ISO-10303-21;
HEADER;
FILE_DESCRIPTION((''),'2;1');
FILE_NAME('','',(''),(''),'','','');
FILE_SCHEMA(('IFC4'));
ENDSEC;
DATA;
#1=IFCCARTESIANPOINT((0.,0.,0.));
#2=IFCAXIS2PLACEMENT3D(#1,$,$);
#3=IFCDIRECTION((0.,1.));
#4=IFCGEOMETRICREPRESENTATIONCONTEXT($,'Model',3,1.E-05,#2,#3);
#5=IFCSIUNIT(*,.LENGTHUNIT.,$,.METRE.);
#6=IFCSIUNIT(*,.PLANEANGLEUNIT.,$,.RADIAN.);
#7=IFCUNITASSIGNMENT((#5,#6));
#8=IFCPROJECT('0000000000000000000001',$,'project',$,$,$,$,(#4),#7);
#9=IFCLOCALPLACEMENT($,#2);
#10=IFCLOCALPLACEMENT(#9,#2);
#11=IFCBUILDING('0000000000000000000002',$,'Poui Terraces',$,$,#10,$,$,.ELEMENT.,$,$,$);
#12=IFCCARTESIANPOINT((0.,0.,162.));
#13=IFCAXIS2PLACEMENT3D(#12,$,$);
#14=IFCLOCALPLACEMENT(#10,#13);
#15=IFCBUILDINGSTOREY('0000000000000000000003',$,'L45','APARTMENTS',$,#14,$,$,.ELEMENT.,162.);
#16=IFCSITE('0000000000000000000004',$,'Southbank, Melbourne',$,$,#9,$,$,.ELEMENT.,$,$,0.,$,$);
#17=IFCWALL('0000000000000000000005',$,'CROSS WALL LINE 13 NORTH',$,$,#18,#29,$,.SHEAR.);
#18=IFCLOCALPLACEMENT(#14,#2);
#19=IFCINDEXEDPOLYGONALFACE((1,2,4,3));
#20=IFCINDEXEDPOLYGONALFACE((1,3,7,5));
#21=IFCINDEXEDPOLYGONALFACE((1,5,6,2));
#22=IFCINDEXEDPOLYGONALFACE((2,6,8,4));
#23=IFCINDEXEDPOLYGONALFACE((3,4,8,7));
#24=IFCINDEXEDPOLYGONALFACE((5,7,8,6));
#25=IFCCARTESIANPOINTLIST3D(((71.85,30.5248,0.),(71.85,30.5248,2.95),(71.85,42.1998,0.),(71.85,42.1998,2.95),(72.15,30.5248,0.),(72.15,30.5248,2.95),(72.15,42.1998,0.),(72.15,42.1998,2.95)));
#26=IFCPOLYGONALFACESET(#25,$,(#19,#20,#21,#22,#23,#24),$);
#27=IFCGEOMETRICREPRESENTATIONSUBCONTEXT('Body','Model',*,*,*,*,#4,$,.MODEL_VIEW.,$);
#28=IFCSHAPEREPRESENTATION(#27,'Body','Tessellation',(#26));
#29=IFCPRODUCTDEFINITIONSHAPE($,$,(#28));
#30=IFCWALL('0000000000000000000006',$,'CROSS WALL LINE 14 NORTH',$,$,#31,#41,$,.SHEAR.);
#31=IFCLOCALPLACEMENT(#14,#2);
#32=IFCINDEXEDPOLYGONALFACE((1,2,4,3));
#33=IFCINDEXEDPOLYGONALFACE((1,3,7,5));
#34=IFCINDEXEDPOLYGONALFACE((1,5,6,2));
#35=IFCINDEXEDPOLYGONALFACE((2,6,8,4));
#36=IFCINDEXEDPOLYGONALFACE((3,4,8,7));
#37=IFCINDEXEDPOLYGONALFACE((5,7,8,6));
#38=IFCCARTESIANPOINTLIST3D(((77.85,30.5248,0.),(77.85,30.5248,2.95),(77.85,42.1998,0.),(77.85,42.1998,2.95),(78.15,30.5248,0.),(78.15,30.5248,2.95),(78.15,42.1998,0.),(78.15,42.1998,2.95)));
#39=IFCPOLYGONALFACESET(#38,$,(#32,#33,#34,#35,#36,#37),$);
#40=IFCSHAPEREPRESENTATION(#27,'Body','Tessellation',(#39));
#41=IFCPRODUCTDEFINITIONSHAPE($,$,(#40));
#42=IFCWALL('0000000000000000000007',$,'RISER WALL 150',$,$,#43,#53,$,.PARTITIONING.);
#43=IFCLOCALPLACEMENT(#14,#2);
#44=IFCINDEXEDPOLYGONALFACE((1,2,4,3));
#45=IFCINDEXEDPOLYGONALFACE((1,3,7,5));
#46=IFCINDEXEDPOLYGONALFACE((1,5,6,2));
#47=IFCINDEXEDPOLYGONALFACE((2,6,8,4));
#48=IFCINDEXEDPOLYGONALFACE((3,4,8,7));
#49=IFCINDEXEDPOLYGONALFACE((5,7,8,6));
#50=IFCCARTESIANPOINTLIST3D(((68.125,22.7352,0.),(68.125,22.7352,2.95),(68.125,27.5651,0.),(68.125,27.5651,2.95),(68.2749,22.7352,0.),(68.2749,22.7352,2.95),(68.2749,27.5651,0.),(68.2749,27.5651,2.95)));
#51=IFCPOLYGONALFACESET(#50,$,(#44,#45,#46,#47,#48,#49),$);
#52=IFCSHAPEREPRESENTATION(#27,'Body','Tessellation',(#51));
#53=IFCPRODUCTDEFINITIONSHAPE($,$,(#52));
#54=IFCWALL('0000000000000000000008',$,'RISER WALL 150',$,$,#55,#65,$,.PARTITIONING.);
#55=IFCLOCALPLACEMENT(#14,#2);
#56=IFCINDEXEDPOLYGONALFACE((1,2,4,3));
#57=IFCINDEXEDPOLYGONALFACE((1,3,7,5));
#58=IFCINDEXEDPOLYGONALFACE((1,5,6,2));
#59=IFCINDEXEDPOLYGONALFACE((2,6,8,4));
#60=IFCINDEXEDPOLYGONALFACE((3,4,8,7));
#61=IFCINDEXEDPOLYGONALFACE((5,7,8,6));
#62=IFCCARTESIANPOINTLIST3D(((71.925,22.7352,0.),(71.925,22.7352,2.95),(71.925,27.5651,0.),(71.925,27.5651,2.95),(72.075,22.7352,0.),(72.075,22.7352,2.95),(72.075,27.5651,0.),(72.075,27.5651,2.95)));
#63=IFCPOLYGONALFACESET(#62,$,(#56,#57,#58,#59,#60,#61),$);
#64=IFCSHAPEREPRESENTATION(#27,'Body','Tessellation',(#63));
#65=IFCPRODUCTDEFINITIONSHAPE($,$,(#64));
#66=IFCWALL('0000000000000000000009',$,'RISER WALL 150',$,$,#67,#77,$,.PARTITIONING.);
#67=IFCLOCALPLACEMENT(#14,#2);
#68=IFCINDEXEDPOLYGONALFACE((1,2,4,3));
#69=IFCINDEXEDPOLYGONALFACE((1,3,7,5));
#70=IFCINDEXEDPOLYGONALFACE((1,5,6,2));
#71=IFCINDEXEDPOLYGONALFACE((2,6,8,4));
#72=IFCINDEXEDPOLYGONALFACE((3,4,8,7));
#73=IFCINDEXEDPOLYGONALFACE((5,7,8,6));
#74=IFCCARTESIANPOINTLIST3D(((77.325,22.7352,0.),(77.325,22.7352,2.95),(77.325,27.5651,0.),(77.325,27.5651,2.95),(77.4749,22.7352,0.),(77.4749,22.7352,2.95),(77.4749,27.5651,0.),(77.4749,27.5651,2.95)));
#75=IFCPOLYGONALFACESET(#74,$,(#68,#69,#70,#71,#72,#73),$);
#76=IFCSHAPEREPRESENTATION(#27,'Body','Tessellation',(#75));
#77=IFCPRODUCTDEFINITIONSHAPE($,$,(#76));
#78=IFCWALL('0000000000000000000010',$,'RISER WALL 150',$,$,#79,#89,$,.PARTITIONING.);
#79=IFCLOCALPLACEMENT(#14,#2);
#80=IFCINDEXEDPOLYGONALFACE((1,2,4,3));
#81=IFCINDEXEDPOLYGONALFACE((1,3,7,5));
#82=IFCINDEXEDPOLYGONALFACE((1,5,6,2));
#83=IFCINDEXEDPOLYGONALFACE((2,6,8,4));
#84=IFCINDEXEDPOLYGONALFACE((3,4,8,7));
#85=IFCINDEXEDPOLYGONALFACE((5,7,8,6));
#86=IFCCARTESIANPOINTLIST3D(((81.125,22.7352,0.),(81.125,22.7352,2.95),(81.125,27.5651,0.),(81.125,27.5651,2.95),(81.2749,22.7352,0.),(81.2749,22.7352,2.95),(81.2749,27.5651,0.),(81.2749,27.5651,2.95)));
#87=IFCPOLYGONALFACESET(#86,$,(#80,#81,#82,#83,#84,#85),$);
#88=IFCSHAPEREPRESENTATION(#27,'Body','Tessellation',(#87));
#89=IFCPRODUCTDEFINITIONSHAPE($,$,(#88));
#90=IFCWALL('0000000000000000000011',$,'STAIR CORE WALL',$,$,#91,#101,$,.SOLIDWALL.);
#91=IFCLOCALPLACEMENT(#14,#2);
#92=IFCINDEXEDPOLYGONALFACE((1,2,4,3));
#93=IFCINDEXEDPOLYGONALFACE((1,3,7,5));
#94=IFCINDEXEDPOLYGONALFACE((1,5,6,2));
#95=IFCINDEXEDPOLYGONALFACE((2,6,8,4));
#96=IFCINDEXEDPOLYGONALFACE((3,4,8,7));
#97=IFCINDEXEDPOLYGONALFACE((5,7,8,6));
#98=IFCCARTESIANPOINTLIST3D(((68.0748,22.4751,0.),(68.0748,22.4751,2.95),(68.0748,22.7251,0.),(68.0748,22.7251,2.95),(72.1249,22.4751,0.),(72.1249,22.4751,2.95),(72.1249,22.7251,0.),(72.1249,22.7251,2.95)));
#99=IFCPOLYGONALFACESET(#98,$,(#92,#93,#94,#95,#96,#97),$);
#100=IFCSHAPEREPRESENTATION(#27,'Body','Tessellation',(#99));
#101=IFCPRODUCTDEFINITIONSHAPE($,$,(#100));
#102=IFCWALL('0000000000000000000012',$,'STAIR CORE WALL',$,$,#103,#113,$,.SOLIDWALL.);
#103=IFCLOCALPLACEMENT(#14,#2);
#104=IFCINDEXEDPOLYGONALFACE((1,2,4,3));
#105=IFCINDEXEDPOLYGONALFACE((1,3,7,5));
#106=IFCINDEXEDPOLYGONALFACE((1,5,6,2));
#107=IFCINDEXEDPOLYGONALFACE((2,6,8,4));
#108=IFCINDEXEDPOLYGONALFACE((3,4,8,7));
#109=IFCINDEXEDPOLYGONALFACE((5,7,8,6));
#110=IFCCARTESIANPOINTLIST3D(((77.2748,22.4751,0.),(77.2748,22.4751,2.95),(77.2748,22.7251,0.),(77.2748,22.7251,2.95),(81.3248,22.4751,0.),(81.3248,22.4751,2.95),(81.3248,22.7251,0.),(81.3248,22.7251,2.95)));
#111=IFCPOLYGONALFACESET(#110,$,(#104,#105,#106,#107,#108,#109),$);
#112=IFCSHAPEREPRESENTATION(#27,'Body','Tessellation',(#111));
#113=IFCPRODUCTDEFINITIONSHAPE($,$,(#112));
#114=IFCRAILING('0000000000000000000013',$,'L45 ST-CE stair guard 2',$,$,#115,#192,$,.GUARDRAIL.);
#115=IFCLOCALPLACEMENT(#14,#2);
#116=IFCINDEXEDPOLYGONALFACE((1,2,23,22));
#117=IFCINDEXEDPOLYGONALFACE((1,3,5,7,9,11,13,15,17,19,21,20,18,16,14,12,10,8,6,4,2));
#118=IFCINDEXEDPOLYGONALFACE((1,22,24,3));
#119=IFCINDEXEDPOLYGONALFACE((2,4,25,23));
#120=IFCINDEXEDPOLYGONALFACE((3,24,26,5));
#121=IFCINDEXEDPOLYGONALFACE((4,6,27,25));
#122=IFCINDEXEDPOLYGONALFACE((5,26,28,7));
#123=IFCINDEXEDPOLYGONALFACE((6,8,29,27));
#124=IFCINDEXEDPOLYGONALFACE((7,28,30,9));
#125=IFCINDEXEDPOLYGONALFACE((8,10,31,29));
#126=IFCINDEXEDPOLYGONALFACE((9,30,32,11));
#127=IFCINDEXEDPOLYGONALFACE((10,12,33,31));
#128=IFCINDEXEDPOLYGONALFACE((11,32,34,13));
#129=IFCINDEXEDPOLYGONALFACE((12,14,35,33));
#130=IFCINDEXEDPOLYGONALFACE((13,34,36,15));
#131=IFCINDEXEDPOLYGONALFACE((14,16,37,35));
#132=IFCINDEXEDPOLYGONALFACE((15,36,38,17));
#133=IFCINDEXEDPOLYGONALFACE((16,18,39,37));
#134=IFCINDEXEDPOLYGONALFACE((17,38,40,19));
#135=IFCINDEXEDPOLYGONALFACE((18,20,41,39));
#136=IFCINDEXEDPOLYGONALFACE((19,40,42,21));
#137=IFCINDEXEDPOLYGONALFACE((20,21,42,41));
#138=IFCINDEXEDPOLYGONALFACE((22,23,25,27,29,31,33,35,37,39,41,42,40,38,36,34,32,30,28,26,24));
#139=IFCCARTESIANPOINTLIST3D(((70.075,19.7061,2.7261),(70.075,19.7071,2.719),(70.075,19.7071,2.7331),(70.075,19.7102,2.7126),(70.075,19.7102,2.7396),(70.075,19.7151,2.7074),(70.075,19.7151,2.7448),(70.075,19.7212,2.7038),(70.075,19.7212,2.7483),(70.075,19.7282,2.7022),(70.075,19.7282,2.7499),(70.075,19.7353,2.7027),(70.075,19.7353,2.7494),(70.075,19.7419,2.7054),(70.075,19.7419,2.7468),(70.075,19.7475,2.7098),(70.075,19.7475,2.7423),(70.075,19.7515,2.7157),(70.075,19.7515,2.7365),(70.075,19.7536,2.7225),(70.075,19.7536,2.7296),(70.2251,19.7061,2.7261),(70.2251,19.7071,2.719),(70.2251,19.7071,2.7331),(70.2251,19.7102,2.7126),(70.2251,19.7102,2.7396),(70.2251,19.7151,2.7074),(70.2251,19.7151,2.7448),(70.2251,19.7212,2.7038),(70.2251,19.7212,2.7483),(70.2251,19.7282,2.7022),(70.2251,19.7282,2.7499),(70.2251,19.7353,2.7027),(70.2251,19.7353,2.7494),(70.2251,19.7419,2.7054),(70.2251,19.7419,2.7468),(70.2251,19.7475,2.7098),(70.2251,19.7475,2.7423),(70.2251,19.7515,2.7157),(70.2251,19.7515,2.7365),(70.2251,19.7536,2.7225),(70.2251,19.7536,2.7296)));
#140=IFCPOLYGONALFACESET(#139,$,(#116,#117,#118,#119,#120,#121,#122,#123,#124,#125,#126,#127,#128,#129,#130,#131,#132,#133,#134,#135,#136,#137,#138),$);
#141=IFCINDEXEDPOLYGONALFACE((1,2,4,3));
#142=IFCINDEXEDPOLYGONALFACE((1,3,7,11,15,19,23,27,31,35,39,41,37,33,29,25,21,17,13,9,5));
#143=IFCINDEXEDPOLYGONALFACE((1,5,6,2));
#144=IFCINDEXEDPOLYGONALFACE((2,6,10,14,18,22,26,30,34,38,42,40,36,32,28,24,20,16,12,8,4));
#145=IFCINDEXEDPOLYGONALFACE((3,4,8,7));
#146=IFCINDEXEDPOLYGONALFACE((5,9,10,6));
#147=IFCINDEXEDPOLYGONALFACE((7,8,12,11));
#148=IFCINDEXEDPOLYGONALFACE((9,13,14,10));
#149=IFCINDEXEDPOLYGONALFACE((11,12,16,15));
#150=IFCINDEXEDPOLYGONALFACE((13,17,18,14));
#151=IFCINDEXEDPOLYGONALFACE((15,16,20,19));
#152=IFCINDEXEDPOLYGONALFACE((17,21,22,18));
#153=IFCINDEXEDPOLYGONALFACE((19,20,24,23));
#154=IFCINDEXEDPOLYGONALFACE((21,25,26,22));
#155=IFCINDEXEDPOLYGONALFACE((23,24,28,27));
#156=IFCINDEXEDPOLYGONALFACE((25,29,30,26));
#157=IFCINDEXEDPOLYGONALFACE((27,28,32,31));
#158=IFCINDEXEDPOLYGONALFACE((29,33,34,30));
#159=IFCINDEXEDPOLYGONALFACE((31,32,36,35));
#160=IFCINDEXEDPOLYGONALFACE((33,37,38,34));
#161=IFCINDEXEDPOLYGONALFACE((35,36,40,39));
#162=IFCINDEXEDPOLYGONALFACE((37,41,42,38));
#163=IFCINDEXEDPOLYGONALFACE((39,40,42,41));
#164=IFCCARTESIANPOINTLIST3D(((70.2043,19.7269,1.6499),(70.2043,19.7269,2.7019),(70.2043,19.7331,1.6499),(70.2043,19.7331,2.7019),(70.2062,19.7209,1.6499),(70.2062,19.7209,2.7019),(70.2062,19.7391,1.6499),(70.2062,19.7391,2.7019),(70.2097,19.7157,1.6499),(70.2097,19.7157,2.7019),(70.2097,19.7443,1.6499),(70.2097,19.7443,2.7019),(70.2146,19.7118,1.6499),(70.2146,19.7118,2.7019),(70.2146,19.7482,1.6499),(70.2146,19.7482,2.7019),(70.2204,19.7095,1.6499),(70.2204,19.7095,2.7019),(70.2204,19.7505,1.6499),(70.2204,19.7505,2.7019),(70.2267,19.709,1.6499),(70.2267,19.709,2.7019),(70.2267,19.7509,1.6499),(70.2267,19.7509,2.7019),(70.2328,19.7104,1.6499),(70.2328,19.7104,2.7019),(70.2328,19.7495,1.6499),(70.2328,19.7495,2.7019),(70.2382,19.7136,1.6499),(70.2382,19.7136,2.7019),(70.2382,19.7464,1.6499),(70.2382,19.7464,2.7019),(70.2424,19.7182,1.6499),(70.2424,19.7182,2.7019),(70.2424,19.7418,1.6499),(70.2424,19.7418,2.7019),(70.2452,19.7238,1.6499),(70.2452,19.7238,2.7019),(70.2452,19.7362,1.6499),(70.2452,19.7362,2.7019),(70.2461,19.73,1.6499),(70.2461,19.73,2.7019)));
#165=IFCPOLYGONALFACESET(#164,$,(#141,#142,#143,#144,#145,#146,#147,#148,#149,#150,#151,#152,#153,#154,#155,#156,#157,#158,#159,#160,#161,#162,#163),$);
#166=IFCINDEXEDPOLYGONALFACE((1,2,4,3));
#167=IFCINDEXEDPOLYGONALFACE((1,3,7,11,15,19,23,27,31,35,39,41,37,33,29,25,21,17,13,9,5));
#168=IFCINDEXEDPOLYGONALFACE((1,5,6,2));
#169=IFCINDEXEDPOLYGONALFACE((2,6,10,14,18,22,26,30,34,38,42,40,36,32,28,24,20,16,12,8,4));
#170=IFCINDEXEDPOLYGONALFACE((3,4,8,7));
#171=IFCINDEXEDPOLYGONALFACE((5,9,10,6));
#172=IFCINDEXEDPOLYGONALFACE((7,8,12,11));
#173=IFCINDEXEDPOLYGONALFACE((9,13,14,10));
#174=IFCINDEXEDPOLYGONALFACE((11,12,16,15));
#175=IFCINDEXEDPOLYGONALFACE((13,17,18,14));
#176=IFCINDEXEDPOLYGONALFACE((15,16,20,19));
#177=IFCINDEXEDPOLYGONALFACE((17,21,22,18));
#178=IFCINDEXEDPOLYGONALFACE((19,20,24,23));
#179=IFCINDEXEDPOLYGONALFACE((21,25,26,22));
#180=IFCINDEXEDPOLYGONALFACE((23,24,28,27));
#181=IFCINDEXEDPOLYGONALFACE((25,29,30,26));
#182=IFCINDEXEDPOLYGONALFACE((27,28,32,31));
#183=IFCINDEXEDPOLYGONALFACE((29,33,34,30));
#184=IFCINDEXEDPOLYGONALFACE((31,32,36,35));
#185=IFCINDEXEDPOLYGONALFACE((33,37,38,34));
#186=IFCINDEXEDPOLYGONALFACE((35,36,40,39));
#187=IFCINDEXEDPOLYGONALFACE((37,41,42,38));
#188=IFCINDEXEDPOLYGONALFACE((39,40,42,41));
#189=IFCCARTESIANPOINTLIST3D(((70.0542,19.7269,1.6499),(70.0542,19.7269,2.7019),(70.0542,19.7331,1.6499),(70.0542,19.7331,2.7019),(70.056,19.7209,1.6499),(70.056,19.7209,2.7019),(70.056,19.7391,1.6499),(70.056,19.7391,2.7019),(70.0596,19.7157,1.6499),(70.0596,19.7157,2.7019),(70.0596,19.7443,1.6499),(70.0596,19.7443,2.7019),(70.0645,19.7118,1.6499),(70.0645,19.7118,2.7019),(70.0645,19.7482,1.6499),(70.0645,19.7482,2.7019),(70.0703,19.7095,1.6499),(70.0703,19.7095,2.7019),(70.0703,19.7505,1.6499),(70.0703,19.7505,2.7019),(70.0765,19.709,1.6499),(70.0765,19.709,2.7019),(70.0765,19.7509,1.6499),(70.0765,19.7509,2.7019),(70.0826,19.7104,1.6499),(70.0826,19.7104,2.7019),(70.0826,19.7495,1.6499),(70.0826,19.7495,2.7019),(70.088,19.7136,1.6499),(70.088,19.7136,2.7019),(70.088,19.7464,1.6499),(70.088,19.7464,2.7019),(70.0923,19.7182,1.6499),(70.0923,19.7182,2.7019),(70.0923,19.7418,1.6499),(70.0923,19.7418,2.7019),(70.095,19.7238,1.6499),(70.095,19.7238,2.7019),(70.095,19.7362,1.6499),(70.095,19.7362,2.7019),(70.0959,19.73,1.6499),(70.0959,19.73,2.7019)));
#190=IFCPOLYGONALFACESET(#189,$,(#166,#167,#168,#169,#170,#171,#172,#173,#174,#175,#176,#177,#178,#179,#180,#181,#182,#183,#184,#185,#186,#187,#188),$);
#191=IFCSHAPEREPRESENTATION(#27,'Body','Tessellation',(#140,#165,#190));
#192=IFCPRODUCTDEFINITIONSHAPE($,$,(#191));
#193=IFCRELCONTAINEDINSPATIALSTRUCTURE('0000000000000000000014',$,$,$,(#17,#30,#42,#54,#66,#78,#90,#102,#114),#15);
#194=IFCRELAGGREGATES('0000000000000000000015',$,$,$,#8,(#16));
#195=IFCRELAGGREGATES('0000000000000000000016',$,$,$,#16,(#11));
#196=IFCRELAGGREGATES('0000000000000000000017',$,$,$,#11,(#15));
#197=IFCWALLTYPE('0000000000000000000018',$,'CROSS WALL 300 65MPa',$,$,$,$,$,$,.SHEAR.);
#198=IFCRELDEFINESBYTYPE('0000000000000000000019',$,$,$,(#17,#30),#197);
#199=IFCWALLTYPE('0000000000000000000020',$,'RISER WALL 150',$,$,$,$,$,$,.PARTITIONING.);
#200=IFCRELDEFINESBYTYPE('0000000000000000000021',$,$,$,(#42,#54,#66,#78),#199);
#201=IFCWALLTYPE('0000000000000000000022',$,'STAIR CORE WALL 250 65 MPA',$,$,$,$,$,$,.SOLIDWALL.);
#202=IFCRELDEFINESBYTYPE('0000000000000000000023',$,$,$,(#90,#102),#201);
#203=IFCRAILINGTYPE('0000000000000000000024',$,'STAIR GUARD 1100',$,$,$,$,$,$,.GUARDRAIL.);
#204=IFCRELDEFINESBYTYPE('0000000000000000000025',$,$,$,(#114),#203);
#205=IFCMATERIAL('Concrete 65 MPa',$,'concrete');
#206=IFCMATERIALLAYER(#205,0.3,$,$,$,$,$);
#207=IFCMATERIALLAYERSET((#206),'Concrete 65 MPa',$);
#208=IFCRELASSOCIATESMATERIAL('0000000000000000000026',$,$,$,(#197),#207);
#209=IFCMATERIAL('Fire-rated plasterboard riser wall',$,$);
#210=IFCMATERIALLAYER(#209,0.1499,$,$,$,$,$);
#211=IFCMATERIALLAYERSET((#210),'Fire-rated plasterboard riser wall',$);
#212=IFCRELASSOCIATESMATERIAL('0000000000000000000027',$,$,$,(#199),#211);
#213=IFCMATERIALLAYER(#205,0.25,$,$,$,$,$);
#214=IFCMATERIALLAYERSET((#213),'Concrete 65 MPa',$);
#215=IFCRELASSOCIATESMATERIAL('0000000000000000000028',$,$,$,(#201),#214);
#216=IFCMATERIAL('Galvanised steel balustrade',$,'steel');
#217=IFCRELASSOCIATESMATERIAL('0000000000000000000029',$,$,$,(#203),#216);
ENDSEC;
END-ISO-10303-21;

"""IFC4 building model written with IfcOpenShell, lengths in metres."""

from ifc_helpers import new_model, si_unit, direction, frame, frame_2d, origin, origin_2d, place, context, subcontext, project, spatial, rectangle, circle, extrude, material, layer, layer_set, type_object, element, save


model = new_model("IFC4")

# Units and contexts
model_context = context("Model", 3, precision=1e-05, world=origin(), true_north=direction((0.0, 1.0)))
body_context = subcontext(model_context, "Body", "Model", "MODEL_VIEW")
ifc_project = project(units=[si_unit("LENGTHUNIT", "METRE"), si_unit("PLANEANGLEUNIT", "RADIAN")], contexts=[model_context])

# Site, building, storey
site_placement = place(None, origin())
site = spatial("IfcSite", under=ifc_project, at=site_placement, Name="Southbank, Melbourne", CompositionType="ELEMENT", RefElevation=0.0)
building_placement = place(site_placement, origin())
building = spatial("IfcBuilding", under=site, at=building_placement, Name="Poui Terraces", CompositionType="ELEMENT")
storey_placement = place(building_placement, frame((0.0, 0.0, 162.0)))
storey = spatial("IfcBuildingStorey", under=building, at=storey_placement, Name="L45", Description="APARTMENTS", CompositionType="ELEMENT", Elevation=162.0)

# Shared definitions
ifc_material_1 = material(Name="Concrete 65 MPa", Category="concrete")

# Shared definitions
ifc_layer_1 = layer(ifc_material_1, 0.3)
ifc_layer_set_1 = layer_set([ifc_layer_1], Name="Concrete 65 MPa")
wall_type_1 = type_object("IfcWallType", Name="CROSS WALL 300 65MPa", PredefinedType="SHEAR", material=ifc_layer_set_1)

# Walls
for number, where, z_axis, x_axis, name in (
    (1, (72.0, 30.5249, 0.0), (0.0, 0.0, 1.0), (0.0, 1.0, 0.0), "CROSS WALL LINE 13 NORTH"),
    (2, (78.0, 30.5249, 0.0), (0.0, 0.0, 1.0), (0.0, 1.0, 0.0), "CROSS WALL LINE 14 NORTH"),
):
    element("IfcWall", number, at=place(storey_placement, frame(where, z_axis=z_axis, x_axis=x_axis)), inside=storey, type_object=wall_type_1, Name=name, PredefinedType="SHEAR", context=body_context, shape_type="SweptSolid", body=[
        extrude(rectangle(XDim=11.675, YDim=0.3, at=frame_2d((5.8374, 0.0))), origin(), (0.0, 0.0, 1.0), 2.95),
    ])
ifc_material_2 = material(Name="Fire-rated plasterboard riser wall")
ifc_layer_2 = layer(ifc_material_2, 0.1499)
ifc_layer_set_2 = layer_set([ifc_layer_2], Name="Fire-rated plasterboard riser wall")
wall_type_2 = type_object("IfcWallType", Name="RISER WALL 150", PredefinedType="PARTITIONING", material=ifc_layer_set_2)
for number, where, z_axis, x_axis, name in (
    (3, (68.2, 22.7351, 0.0), (0.0, 0.0, 1.0), (0.0, 1.0, 0.0), "RISER WALL 150"),
    (4, (72.0, 22.7351, 0.0), (0.0, 0.0, 1.0), (0.0, 1.0, 0.0), "RISER WALL 150"),
    (5, (77.3999, 22.7351, 0.0), (0.0, 0.0, 1.0), (0.0, 1.0, 0.0), "RISER WALL 150"),
    (6, (81.2, 22.7351, 0.0), (0.0, 0.0, 1.0), (0.0, 1.0, 0.0), "RISER WALL 150"),
):
    element("IfcWall", number, at=place(storey_placement, frame(where, z_axis=z_axis, x_axis=x_axis)), inside=storey, type_object=wall_type_2, Name=name, PredefinedType="PARTITIONING", context=body_context, shape_type="SweptSolid", body=[
        extrude(rectangle(XDim=4.8298, YDim=0.1499, at=frame_2d((2.415, 0.0))), origin(), (0.0, 0.0, 1.0), 2.95),
    ])
ifc_layer_3 = layer(ifc_material_1, 0.25)
ifc_layer_set_3 = layer_set([ifc_layer_3], Name="Concrete 65 MPa")
wall_type_3 = type_object("IfcWallType", Name="STAIR CORE WALL 250 65 MPA", PredefinedType="SOLIDWALL", material=ifc_layer_set_3)
for number, where, z_axis, x_axis, name in (
    (7, (68.075, 22.6001, 0.0), (0.0, 0.0, 1.0), (1.0, 0.0, 0.0), "STAIR CORE WALL"),
    (8, (77.2749, 22.6001, 0.0), (0.0, 0.0, 1.0), (1.0, 0.0, 0.0), "STAIR CORE WALL"),
):
    element("IfcWall", number, at=place(storey_placement, frame(where, z_axis=z_axis, x_axis=x_axis)), inside=storey, type_object=wall_type_3, Name=name, PredefinedType="SOLIDWALL", context=body_context, shape_type="SweptSolid", body=[
        extrude(rectangle(XDim=4.05, YDim=0.25, at=frame_2d((2.0249, 0.0))), origin(), (0.0, 0.0, 1.0), 2.95),
    ])

# Railing
ifc_material_3 = material(Name="Galvanised steel balustrade", Category="steel")
railing_type = type_object("IfcRailingType", Name="STAIR GUARD 1100", PredefinedType="GUARDRAIL", material=ifc_material_3)
for number, where, name in (
    (9, (70.2251, 19.73, 1.6499), "L45 ST-CE stair guard 2"),
):
    element("IfcRailing", number, at=place(storey_placement, frame(where)), inside=storey, type_object=railing_type, Name=name, PredefinedType="GUARDRAIL", context=body_context, shape_type="SweptSolid", body=[
        extrude(circle(Radius=0.0239, at=origin_2d()), frame((0.0, 0.0, 1.0762), z_axis=(-1.0, 0.0, 0.0), x_axis=(0.0, -1.0, 0.0)), (0.0, 0.0, 1.0), 0.1501),
        extrude(circle(Radius=0.021, at=origin_2d()), origin(), (0.0, 0.0, 1.0), 1.052),
        extrude(circle(Radius=0.021, at=origin_2d()), frame((-0.1501, 0.0, 0.0)), (0.0, 0.0, 1.0), 1.052),
    ])

save(model, "model.ifc")
